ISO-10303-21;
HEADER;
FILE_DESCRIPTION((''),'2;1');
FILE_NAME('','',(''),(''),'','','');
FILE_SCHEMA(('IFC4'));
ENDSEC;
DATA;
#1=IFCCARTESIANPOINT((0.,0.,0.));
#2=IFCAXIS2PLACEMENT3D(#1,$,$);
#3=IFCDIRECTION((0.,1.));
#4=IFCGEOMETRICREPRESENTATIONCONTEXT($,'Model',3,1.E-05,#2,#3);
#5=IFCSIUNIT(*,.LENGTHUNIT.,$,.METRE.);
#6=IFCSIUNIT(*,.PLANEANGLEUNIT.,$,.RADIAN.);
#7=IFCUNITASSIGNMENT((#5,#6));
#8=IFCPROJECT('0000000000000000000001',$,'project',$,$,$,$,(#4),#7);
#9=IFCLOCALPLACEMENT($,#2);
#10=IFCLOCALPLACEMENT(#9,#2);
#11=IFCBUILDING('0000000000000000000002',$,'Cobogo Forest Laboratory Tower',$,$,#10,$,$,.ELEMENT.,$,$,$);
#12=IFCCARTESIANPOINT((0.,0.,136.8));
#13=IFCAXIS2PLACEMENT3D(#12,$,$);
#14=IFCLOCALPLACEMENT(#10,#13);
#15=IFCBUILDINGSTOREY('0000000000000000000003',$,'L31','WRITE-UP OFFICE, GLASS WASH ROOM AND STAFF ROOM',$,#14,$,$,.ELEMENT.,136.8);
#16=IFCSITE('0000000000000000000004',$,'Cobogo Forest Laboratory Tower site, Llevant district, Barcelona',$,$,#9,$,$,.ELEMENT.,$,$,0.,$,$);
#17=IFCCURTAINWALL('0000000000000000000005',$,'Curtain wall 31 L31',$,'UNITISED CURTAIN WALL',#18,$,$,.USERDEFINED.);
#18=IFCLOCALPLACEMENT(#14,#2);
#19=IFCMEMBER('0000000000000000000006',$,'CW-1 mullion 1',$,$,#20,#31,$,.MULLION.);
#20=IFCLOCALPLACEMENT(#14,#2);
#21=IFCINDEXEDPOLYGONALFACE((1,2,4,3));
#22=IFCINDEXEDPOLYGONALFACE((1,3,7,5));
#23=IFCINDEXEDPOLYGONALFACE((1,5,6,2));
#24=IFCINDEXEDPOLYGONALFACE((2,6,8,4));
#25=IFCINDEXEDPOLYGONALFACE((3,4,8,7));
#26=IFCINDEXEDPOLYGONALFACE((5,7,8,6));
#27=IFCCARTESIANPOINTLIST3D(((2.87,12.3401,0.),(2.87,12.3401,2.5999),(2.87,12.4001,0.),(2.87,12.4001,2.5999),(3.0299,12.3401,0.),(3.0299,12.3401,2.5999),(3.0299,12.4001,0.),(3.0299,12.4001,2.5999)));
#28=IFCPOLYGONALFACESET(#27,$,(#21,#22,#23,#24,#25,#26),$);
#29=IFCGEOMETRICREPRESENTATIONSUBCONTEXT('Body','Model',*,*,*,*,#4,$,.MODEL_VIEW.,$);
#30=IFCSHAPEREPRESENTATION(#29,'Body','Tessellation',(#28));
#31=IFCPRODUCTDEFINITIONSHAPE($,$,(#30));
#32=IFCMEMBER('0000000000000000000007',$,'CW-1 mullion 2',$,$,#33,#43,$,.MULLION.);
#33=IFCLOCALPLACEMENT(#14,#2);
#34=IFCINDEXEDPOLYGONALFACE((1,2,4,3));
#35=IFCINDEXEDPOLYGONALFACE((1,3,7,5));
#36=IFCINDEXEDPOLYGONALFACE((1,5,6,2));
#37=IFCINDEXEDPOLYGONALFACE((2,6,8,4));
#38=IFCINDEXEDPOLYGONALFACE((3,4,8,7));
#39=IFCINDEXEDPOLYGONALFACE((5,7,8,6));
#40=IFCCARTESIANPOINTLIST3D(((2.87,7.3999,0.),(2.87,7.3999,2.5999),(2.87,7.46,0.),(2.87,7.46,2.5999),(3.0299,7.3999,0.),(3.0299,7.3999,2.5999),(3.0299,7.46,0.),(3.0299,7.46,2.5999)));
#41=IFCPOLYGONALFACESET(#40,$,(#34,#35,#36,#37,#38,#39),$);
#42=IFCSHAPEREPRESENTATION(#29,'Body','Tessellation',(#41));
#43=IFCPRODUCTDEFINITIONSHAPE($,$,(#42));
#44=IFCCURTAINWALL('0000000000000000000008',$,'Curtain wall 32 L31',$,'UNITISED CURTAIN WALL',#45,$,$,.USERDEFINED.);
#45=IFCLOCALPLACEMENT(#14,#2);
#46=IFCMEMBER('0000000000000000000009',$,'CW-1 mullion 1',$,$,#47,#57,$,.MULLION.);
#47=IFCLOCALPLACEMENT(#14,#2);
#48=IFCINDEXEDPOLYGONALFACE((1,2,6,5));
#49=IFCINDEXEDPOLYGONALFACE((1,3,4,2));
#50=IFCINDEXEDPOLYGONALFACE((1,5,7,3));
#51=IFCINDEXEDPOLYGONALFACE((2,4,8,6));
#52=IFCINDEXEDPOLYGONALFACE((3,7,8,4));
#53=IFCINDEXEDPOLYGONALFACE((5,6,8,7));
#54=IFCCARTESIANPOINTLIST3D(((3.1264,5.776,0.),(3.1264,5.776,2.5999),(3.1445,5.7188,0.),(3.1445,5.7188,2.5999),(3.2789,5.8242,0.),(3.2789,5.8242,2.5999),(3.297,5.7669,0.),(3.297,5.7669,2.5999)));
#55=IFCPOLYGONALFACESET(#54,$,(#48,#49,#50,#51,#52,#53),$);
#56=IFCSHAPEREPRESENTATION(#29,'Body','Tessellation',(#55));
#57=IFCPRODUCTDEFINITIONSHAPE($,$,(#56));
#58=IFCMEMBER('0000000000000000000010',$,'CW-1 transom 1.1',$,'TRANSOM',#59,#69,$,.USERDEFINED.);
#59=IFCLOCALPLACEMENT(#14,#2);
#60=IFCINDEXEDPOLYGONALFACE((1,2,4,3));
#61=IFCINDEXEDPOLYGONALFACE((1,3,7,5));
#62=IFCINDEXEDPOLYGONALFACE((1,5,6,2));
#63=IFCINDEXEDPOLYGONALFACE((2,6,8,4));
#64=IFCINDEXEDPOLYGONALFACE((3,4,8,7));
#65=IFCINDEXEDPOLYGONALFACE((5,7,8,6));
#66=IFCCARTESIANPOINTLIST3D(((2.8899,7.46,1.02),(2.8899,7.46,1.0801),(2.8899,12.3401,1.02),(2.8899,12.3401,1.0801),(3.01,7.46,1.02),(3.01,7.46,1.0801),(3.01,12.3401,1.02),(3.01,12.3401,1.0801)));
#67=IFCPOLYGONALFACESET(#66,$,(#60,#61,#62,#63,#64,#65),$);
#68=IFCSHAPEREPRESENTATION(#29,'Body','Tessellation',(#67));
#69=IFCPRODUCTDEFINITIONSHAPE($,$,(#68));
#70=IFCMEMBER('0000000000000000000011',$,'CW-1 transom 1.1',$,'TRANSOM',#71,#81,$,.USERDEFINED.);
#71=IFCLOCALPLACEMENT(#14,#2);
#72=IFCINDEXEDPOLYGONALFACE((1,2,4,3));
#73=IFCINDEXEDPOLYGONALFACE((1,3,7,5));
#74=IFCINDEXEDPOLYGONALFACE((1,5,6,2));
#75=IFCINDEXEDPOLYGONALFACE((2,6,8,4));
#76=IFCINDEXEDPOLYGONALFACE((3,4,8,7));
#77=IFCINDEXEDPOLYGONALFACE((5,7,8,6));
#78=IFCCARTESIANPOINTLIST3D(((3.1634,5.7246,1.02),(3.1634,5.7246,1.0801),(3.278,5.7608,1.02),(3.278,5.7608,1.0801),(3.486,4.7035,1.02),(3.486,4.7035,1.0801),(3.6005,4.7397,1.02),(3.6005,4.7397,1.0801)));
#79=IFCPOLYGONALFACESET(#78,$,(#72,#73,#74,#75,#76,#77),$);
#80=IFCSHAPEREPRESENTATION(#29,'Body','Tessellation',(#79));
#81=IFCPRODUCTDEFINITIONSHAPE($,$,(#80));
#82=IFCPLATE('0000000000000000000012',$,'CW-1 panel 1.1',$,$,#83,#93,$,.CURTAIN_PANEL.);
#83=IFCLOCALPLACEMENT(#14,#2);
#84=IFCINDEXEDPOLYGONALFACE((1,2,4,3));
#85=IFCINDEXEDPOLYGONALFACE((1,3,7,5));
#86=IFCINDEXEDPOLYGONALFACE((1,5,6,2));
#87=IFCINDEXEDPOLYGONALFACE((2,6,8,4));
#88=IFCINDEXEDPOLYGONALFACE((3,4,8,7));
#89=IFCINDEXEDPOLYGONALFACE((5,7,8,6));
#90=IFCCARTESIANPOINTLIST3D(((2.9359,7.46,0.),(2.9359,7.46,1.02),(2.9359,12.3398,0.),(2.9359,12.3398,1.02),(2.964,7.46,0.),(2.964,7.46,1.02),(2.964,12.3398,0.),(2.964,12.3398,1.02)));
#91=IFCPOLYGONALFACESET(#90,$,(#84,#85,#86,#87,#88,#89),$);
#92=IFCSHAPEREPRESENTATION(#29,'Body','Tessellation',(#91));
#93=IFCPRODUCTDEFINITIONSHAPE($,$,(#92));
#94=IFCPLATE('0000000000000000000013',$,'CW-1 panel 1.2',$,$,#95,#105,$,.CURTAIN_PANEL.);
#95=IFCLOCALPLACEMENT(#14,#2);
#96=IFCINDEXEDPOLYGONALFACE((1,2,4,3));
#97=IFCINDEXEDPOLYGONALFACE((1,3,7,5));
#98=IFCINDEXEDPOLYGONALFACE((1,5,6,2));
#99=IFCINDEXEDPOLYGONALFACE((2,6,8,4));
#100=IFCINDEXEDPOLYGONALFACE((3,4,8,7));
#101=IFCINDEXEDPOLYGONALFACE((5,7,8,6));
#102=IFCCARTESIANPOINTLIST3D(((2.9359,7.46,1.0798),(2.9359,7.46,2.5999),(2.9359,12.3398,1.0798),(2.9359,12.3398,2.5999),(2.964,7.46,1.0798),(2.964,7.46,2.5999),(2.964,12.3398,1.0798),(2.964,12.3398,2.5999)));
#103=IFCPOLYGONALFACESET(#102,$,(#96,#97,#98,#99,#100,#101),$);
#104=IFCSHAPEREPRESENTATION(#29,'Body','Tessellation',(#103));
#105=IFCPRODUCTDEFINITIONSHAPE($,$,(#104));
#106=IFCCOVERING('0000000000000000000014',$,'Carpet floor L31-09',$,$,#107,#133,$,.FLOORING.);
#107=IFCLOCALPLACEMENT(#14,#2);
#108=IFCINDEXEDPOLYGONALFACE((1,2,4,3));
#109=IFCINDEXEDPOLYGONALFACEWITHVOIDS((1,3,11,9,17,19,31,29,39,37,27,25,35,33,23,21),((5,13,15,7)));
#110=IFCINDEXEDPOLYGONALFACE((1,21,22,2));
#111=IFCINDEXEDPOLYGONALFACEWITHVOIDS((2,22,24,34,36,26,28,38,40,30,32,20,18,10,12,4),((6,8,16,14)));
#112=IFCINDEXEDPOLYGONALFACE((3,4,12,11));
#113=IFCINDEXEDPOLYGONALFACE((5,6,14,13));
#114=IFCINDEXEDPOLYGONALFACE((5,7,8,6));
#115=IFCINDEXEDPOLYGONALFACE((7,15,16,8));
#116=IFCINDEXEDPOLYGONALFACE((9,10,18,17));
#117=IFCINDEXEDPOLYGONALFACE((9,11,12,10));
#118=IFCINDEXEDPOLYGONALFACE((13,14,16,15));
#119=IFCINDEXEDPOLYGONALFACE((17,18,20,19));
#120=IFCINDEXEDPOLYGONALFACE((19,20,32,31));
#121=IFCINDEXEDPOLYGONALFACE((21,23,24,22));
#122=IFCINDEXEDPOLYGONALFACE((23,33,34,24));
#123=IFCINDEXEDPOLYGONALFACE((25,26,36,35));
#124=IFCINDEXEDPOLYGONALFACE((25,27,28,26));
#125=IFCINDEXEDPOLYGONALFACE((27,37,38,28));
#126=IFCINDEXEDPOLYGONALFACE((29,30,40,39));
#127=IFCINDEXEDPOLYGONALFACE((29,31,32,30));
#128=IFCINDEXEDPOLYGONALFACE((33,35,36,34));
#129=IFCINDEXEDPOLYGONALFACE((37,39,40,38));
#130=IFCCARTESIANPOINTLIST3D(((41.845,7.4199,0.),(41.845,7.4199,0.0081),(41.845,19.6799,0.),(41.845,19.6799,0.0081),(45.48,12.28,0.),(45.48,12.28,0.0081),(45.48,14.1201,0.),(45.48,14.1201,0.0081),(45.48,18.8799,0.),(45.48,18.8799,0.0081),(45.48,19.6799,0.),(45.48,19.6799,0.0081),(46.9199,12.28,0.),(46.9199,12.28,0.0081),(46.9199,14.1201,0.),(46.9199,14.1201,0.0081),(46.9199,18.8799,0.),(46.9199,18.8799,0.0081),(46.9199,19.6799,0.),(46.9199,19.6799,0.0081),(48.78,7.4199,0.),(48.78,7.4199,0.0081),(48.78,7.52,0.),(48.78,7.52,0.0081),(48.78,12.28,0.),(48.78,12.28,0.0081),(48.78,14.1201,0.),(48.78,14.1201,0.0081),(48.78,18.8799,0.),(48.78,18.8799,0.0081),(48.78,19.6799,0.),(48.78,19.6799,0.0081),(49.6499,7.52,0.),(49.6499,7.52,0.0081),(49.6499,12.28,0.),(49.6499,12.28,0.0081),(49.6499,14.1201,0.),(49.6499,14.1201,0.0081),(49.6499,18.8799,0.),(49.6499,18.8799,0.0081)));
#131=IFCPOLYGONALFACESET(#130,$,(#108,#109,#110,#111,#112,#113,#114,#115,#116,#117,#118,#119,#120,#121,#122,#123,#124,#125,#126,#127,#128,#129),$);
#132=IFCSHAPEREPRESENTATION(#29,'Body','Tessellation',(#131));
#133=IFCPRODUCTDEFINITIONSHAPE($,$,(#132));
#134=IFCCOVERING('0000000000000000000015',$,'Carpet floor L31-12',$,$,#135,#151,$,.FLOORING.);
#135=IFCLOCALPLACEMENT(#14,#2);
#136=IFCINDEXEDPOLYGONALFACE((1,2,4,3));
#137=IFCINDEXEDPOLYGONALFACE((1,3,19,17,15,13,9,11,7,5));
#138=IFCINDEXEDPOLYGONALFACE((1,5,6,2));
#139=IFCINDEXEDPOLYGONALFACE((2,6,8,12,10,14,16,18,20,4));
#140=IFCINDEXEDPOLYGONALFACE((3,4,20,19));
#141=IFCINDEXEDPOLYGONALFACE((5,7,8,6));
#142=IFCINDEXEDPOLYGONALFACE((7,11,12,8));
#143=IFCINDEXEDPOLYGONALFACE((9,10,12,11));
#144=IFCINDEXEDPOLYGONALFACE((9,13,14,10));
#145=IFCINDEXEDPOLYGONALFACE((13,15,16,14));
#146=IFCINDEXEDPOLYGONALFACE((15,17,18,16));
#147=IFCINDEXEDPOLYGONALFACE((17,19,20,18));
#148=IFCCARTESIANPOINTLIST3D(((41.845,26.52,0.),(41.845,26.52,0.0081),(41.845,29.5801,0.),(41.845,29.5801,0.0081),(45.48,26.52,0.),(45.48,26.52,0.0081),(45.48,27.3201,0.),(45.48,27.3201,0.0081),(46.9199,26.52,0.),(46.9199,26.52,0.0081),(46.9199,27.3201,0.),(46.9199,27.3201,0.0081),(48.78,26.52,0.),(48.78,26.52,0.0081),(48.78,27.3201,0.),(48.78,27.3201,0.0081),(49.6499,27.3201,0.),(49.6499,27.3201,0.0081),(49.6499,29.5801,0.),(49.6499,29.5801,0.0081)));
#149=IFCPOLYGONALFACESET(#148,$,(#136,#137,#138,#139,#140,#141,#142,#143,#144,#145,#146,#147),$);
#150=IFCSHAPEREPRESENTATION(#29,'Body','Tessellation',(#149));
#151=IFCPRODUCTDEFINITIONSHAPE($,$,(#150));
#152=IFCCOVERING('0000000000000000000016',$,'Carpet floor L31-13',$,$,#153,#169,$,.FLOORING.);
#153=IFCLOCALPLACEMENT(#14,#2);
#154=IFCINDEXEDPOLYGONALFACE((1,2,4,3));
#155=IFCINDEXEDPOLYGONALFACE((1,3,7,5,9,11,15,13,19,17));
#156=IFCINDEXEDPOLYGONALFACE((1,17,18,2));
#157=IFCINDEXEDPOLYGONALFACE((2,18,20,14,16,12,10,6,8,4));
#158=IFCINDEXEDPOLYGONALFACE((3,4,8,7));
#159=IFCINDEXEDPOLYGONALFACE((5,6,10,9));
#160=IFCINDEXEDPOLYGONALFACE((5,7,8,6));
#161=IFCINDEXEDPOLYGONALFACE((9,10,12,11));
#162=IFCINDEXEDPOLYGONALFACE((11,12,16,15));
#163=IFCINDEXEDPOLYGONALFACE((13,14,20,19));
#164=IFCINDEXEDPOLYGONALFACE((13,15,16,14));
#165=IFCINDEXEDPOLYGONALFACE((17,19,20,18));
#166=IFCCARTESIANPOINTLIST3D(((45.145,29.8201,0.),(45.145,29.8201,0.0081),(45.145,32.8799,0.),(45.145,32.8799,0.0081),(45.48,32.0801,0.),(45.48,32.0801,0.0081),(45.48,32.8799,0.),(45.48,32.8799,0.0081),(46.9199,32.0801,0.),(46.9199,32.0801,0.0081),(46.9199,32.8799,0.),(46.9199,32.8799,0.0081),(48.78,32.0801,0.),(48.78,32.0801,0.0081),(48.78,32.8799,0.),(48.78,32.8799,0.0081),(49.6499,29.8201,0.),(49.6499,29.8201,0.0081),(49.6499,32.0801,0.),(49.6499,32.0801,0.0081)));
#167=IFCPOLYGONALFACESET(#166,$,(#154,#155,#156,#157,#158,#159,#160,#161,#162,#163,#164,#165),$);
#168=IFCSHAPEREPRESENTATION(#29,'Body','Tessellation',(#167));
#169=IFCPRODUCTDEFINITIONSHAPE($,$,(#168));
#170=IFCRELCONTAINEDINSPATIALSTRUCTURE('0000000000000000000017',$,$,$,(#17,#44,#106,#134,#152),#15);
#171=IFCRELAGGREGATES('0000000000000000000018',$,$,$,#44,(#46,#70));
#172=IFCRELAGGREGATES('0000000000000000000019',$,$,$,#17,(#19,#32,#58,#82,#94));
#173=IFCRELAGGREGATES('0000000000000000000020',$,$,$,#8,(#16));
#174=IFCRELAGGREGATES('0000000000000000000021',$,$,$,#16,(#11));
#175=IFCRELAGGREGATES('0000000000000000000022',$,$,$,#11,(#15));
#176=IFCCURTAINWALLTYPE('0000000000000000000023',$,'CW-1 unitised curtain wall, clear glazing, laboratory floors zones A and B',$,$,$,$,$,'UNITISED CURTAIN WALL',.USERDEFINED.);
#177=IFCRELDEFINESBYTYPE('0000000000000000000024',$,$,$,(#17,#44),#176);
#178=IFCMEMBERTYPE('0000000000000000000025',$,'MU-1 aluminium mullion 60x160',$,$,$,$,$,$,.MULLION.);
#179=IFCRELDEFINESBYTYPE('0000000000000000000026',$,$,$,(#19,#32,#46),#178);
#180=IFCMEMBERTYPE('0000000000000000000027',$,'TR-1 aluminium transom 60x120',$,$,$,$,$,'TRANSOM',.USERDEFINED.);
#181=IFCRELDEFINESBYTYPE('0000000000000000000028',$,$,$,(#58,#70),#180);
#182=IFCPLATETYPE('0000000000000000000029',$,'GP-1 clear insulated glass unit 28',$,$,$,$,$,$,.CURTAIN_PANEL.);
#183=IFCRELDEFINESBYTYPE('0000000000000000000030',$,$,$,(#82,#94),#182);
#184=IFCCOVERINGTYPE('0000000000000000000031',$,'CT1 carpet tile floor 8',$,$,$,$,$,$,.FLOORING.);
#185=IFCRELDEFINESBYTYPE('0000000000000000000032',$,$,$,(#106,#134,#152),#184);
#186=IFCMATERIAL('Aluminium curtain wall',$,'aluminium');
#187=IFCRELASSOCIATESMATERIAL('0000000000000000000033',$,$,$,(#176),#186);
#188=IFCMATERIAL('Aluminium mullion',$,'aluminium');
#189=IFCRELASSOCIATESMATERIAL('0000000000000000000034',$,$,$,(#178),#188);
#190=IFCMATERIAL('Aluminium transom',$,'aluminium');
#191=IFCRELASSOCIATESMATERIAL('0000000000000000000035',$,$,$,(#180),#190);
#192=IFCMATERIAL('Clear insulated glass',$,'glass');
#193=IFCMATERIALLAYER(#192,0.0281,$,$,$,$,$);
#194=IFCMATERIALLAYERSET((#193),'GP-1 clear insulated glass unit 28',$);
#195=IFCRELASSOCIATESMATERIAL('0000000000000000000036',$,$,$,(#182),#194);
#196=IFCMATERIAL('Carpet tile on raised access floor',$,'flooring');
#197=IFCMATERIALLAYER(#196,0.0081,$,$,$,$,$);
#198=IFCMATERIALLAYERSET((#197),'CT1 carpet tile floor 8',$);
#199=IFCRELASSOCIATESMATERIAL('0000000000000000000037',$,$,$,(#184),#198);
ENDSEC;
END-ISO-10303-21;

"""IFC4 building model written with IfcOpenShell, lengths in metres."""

from ifc_helpers import new_model, si_unit, direction, frame, origin, origin_2d, place, context, subcontext, project, spatial, polyline, rectangle, outline, extrude, material, layer, layer_set, material_profile, profile_set, type_object, element, aggregate, save


model = new_model("IFC4")

# Units and contexts
model_context = context("Model", 3, precision=1e-05, world=origin(), true_north=direction((0.0, 1.0)))
body_context = subcontext(model_context, "Body", "Model", "MODEL_VIEW")
ifc_project = project(units=[si_unit("LENGTHUNIT", "METRE"), si_unit("PLANEANGLEUNIT", "RADIAN")], contexts=[model_context])

# Site, building, storey
site_placement = place(None, origin())
site = spatial("IfcSite", under=ifc_project, at=site_placement, Name="Cobogo Forest Laboratory Tower site, Llevant district, Barcelona", CompositionType="ELEMENT", RefElevation=0.0)
building_placement = place(site_placement, origin())
building = spatial("IfcBuilding", under=site, at=building_placement, Name="Cobogo Forest Laboratory Tower", CompositionType="ELEMENT")
storey_placement = place(building_placement, frame((0.0, 0.0, 136.8)))
storey = spatial("IfcBuildingStorey", under=building, at=storey_placement, Name="L31", Description="WRITE-UP OFFICE, GLASS WASH ROOM AND STAFF ROOM", CompositionType="ELEMENT", Elevation=136.8)

# Curtain wall, members
ifc_material_1 = material(Name="Aluminium curtain wall", Category="aluminium")
curtain_wall_type = type_object("IfcCurtainWallType", Name="CW-1 unitised curtain wall, clear glazing, laboratory floors zones A and B", ElementType="UNITISED CURTAIN WALL", PredefinedType="USERDEFINED", material=ifc_material_1)
curtain_wall_1_placement = place(storey_placement, origin())
curtain_wall_1 = element("IfcCurtainWall", 1, at=curtain_wall_1_placement, inside=storey, type_object=curtain_wall_type, Name="Curtain wall 31 L31", ObjectType="UNITISED CURTAIN WALL", PredefinedType="USERDEFINED")
ifc_material_2 = material(Name="Aluminium mullion", Category="aluminium")
ifc_material_profile_1 = material_profile(ifc_material_2, rectangle(XDim=0.0601, YDim=0.1599, at=origin_2d()), Name="AL 60x160")
ifc_profile_set_1 = profile_set([ifc_material_profile_1], Name="Aluminium mullion")
member_type_1 = type_object("IfcMemberType", Name="MU-1 aluminium mullion 60x160", PredefinedType="MULLION", material=ifc_profile_set_1)
member_1_placement = place(storey_placement, frame((2.95, 12.3701, 0.0), z_axis=(0.0, 0.0, 1.0), x_axis=(0.0, -1.0, 0.0)))
member_1 = element("IfcMember", 2, at=member_1_placement, type_object=member_type_1, Name="CW-1 mullion 1", PredefinedType="MULLION", context=body_context, shape_type="SweptSolid", body=[
    extrude(rectangle(XDim=0.0601, YDim=0.1599, at=origin_2d()), origin(), (0.0, 0.0, 1.0), 2.5999),
])
member_2_placement = place(storey_placement, frame((2.95, 7.4299, 0.0), z_axis=(0.0, 0.0, 1.0), x_axis=(0.0, -1.0, 0.0)))
member_2 = element("IfcMember", 3, at=member_2_placement, type_object=member_type_1, Name="CW-1 mullion 2", PredefinedType="MULLION", context=body_context, shape_type="SweptSolid", body=[
    extrude(rectangle(XDim=0.0601, YDim=0.1599, at=origin_2d()), origin(), (0.0, 0.0, 1.0), 2.5999),
])

# Curtain wall, member
curtain_wall_2_placement = place(storey_placement, origin())
curtain_wall_2 = element("IfcCurtainWall", 4, at=curtain_wall_2_placement, inside=storey, type_object=curtain_wall_type, Name="Curtain wall 32 L31", ObjectType="UNITISED CURTAIN WALL", PredefinedType="USERDEFINED")
member_3_placement = place(storey_placement, frame((3.2117, 5.7715, 0.0), z_axis=(0.0, 0.0, 1.0), x_axis=(0.301136, -0.953581, 0.0)))
member_3 = element("IfcMember", 5, at=member_3_placement, type_object=member_type_1, Name="CW-1 mullion 1", PredefinedType="MULLION", context=body_context, shape_type="SweptSolid", body=[
    extrude(rectangle(XDim=0.0601, YDim=0.1599, at=origin_2d()), origin(), (0.0, 0.0, 1.0), 2.5999),
])

# Members
ifc_material_3 = material(Name="Aluminium transom", Category="aluminium")
ifc_material_profile_2 = material_profile(ifc_material_3, rectangle(XDim=0.1201, YDim=0.0601, at=origin_2d()), Name="AL 60x120")
ifc_profile_set_2 = profile_set([ifc_material_profile_2], Name="Aluminium transom")
member_type_2 = type_object("IfcMemberType", Name="TR-1 aluminium transom 60x120", ElementType="TRANSOM", PredefinedType="USERDEFINED", material=ifc_profile_set_2)
member_4_placement = place(storey_placement, frame((2.95, 12.3401, 1.05), z_axis=(0.0, -1.0, 0.0), x_axis=(1.0, 0.0, 0.0)))
member_4 = element("IfcMember", 6, at=member_4_placement, type_object=member_type_2, Name="CW-1 transom 1.1", ObjectType="TRANSOM", PredefinedType="USERDEFINED", context=body_context, shape_type="SweptSolid", body=[
    extrude(rectangle(XDim=0.1201, YDim=0.0601, at=origin_2d()), origin(), (0.0, 0.0, 1.0), 4.8801),
])
member_5_placement = place(storey_placement, frame((3.2207, 5.7427, 1.05), z_axis=(0.301208, -0.953559, 0.0), x_axis=(0.953559, 0.301208, 0.0)))
member_5 = element("IfcMember", 7, at=member_5_placement, type_object=member_type_2, Name="CW-1 transom 1.1", ObjectType="TRANSOM", PredefinedType="USERDEFINED", context=body_context, shape_type="SweptSolid", body=[
    extrude(rectangle(XDim=0.1201, YDim=0.0601, at=origin_2d()), origin(), (0.0, 0.0, 1.0), 1.0708),
])
aggregate(curtain_wall_2, [member_3, member_5])

# Plates
ifc_material_4 = material(Name="Clear insulated glass", Category="glass")
ifc_layer_1 = layer(ifc_material_4, 0.0281)
ifc_layer_set_1 = layer_set([ifc_layer_1], Name="GP-1 clear insulated glass unit 28")
plate_type_1 = type_object("IfcPlateType", Name="GP-1 clear insulated glass unit 28", PredefinedType="CURTAIN_PANEL", material=ifc_layer_set_1)
plate_1_placement = place(storey_placement, frame((2.95, 9.8999, 0.0), z_axis=(0.0, 0.0, 1.0), x_axis=(0.0, -1.0, 0.0)))
plate_1 = element("IfcPlate", 8, at=plate_1_placement, type_object=plate_type_1, Name="CW-1 panel 1.1", PredefinedType="CURTAIN_PANEL", context=body_context, shape_type="SweptSolid", body=[
    extrude(rectangle(XDim=4.8799, YDim=0.0281, at=origin_2d()), origin(), (0.0, 0.0, 1.0), 1.02),
])
plate_2_placement = place(storey_placement, frame((2.95, 9.8999, 1.0798), z_axis=(0.0, 0.0, 1.0), x_axis=(0.0, -1.0, 0.0)))
plate_2 = element("IfcPlate", 9, at=plate_2_placement, type_object=plate_type_1, Name="CW-1 panel 1.2", PredefinedType="CURTAIN_PANEL", context=body_context, shape_type="SweptSolid", body=[
    extrude(rectangle(XDim=4.8799, YDim=0.0281, at=origin_2d()), origin(), (0.0, 0.0, 1.0), 1.52),
])
aggregate(curtain_wall_1, [member_1, member_2, member_4, plate_1, plate_2])

# Coverings
ifc_material_5 = material(Name="Carpet tile on raised access floor", Category="flooring")
ifc_layer_2 = layer(ifc_material_5, 0.0081)
ifc_layer_set_2 = layer_set([ifc_layer_2], Name="CT1 carpet tile floor 8")
covering_type_1 = type_object("IfcCoveringType", Name="CT1 carpet tile floor 8", PredefinedType="FLOORING", material=ifc_layer_set_2)
covering_1_placement = place(storey_placement, origin())
element("IfcCovering", 10, at=covering_1_placement, inside=storey, type_object=covering_type_1, Name="Carpet floor L31-09", PredefinedType="FLOORING", context=body_context, shape_type="SweptSolid", body=[
    extrude(outline(polyline([(41.845, 19.6799), (45.48, 19.6799), (45.48, 18.8799), (46.9199, 18.8799), (46.9199, 19.6799), (48.78, 19.6799), (48.78, 18.8799), (49.6499, 18.8799), (49.6499, 14.1201), (48.78, 14.1201), (48.78, 12.28), (49.6499, 12.28), (49.6499, 7.52), (48.78, 7.52), (48.78, 7.4199), (41.845, 7.4199), (41.845, 19.6799)]), holes=[polyline([(45.48, 12.28), (46.9199, 12.28), (46.9199, 14.1201), (45.48, 14.1201), (45.48, 12.28)])]), origin(), (0.0, 0.0, 1.0), 0.0081),
])
covering_2_placement = place(storey_placement, origin())
element("IfcCovering", 11, at=covering_2_placement, inside=storey, type_object=covering_type_1, Name="Carpet floor L31-12", PredefinedType="FLOORING", context=body_context, shape_type="SweptSolid", body=[
    extrude(outline(polyline([(41.845, 29.5801), (49.6499, 29.5801), (49.6499, 27.3201), (48.78, 27.3201), (48.78, 26.52), (46.9199, 26.52), (46.9199, 27.3201), (45.48, 27.3201), (45.48, 26.52), (41.845, 26.52), (41.845, 29.5801)])), origin(), (0.0, 0.0, 1.0), 0.0081),
])
covering_3_placement = place(storey_placement, origin())
element("IfcCovering", 12, at=covering_3_placement, inside=storey, type_object=covering_type_1, Name="Carpet floor L31-13", PredefinedType="FLOORING", context=body_context, shape_type="SweptSolid", body=[
    extrude(outline(polyline([(45.145, 32.8799), (45.48, 32.8799), (45.48, 32.0801), (46.9199, 32.0801), (46.9199, 32.8799), (48.78, 32.8799), (48.78, 32.0801), (49.6499, 32.0801), (49.6499, 29.8201), (45.145, 29.8201), (45.145, 32.8799)])), origin(), (0.0, 0.0, 1.0), 0.0081),
])

save(model, "model.ifc")
